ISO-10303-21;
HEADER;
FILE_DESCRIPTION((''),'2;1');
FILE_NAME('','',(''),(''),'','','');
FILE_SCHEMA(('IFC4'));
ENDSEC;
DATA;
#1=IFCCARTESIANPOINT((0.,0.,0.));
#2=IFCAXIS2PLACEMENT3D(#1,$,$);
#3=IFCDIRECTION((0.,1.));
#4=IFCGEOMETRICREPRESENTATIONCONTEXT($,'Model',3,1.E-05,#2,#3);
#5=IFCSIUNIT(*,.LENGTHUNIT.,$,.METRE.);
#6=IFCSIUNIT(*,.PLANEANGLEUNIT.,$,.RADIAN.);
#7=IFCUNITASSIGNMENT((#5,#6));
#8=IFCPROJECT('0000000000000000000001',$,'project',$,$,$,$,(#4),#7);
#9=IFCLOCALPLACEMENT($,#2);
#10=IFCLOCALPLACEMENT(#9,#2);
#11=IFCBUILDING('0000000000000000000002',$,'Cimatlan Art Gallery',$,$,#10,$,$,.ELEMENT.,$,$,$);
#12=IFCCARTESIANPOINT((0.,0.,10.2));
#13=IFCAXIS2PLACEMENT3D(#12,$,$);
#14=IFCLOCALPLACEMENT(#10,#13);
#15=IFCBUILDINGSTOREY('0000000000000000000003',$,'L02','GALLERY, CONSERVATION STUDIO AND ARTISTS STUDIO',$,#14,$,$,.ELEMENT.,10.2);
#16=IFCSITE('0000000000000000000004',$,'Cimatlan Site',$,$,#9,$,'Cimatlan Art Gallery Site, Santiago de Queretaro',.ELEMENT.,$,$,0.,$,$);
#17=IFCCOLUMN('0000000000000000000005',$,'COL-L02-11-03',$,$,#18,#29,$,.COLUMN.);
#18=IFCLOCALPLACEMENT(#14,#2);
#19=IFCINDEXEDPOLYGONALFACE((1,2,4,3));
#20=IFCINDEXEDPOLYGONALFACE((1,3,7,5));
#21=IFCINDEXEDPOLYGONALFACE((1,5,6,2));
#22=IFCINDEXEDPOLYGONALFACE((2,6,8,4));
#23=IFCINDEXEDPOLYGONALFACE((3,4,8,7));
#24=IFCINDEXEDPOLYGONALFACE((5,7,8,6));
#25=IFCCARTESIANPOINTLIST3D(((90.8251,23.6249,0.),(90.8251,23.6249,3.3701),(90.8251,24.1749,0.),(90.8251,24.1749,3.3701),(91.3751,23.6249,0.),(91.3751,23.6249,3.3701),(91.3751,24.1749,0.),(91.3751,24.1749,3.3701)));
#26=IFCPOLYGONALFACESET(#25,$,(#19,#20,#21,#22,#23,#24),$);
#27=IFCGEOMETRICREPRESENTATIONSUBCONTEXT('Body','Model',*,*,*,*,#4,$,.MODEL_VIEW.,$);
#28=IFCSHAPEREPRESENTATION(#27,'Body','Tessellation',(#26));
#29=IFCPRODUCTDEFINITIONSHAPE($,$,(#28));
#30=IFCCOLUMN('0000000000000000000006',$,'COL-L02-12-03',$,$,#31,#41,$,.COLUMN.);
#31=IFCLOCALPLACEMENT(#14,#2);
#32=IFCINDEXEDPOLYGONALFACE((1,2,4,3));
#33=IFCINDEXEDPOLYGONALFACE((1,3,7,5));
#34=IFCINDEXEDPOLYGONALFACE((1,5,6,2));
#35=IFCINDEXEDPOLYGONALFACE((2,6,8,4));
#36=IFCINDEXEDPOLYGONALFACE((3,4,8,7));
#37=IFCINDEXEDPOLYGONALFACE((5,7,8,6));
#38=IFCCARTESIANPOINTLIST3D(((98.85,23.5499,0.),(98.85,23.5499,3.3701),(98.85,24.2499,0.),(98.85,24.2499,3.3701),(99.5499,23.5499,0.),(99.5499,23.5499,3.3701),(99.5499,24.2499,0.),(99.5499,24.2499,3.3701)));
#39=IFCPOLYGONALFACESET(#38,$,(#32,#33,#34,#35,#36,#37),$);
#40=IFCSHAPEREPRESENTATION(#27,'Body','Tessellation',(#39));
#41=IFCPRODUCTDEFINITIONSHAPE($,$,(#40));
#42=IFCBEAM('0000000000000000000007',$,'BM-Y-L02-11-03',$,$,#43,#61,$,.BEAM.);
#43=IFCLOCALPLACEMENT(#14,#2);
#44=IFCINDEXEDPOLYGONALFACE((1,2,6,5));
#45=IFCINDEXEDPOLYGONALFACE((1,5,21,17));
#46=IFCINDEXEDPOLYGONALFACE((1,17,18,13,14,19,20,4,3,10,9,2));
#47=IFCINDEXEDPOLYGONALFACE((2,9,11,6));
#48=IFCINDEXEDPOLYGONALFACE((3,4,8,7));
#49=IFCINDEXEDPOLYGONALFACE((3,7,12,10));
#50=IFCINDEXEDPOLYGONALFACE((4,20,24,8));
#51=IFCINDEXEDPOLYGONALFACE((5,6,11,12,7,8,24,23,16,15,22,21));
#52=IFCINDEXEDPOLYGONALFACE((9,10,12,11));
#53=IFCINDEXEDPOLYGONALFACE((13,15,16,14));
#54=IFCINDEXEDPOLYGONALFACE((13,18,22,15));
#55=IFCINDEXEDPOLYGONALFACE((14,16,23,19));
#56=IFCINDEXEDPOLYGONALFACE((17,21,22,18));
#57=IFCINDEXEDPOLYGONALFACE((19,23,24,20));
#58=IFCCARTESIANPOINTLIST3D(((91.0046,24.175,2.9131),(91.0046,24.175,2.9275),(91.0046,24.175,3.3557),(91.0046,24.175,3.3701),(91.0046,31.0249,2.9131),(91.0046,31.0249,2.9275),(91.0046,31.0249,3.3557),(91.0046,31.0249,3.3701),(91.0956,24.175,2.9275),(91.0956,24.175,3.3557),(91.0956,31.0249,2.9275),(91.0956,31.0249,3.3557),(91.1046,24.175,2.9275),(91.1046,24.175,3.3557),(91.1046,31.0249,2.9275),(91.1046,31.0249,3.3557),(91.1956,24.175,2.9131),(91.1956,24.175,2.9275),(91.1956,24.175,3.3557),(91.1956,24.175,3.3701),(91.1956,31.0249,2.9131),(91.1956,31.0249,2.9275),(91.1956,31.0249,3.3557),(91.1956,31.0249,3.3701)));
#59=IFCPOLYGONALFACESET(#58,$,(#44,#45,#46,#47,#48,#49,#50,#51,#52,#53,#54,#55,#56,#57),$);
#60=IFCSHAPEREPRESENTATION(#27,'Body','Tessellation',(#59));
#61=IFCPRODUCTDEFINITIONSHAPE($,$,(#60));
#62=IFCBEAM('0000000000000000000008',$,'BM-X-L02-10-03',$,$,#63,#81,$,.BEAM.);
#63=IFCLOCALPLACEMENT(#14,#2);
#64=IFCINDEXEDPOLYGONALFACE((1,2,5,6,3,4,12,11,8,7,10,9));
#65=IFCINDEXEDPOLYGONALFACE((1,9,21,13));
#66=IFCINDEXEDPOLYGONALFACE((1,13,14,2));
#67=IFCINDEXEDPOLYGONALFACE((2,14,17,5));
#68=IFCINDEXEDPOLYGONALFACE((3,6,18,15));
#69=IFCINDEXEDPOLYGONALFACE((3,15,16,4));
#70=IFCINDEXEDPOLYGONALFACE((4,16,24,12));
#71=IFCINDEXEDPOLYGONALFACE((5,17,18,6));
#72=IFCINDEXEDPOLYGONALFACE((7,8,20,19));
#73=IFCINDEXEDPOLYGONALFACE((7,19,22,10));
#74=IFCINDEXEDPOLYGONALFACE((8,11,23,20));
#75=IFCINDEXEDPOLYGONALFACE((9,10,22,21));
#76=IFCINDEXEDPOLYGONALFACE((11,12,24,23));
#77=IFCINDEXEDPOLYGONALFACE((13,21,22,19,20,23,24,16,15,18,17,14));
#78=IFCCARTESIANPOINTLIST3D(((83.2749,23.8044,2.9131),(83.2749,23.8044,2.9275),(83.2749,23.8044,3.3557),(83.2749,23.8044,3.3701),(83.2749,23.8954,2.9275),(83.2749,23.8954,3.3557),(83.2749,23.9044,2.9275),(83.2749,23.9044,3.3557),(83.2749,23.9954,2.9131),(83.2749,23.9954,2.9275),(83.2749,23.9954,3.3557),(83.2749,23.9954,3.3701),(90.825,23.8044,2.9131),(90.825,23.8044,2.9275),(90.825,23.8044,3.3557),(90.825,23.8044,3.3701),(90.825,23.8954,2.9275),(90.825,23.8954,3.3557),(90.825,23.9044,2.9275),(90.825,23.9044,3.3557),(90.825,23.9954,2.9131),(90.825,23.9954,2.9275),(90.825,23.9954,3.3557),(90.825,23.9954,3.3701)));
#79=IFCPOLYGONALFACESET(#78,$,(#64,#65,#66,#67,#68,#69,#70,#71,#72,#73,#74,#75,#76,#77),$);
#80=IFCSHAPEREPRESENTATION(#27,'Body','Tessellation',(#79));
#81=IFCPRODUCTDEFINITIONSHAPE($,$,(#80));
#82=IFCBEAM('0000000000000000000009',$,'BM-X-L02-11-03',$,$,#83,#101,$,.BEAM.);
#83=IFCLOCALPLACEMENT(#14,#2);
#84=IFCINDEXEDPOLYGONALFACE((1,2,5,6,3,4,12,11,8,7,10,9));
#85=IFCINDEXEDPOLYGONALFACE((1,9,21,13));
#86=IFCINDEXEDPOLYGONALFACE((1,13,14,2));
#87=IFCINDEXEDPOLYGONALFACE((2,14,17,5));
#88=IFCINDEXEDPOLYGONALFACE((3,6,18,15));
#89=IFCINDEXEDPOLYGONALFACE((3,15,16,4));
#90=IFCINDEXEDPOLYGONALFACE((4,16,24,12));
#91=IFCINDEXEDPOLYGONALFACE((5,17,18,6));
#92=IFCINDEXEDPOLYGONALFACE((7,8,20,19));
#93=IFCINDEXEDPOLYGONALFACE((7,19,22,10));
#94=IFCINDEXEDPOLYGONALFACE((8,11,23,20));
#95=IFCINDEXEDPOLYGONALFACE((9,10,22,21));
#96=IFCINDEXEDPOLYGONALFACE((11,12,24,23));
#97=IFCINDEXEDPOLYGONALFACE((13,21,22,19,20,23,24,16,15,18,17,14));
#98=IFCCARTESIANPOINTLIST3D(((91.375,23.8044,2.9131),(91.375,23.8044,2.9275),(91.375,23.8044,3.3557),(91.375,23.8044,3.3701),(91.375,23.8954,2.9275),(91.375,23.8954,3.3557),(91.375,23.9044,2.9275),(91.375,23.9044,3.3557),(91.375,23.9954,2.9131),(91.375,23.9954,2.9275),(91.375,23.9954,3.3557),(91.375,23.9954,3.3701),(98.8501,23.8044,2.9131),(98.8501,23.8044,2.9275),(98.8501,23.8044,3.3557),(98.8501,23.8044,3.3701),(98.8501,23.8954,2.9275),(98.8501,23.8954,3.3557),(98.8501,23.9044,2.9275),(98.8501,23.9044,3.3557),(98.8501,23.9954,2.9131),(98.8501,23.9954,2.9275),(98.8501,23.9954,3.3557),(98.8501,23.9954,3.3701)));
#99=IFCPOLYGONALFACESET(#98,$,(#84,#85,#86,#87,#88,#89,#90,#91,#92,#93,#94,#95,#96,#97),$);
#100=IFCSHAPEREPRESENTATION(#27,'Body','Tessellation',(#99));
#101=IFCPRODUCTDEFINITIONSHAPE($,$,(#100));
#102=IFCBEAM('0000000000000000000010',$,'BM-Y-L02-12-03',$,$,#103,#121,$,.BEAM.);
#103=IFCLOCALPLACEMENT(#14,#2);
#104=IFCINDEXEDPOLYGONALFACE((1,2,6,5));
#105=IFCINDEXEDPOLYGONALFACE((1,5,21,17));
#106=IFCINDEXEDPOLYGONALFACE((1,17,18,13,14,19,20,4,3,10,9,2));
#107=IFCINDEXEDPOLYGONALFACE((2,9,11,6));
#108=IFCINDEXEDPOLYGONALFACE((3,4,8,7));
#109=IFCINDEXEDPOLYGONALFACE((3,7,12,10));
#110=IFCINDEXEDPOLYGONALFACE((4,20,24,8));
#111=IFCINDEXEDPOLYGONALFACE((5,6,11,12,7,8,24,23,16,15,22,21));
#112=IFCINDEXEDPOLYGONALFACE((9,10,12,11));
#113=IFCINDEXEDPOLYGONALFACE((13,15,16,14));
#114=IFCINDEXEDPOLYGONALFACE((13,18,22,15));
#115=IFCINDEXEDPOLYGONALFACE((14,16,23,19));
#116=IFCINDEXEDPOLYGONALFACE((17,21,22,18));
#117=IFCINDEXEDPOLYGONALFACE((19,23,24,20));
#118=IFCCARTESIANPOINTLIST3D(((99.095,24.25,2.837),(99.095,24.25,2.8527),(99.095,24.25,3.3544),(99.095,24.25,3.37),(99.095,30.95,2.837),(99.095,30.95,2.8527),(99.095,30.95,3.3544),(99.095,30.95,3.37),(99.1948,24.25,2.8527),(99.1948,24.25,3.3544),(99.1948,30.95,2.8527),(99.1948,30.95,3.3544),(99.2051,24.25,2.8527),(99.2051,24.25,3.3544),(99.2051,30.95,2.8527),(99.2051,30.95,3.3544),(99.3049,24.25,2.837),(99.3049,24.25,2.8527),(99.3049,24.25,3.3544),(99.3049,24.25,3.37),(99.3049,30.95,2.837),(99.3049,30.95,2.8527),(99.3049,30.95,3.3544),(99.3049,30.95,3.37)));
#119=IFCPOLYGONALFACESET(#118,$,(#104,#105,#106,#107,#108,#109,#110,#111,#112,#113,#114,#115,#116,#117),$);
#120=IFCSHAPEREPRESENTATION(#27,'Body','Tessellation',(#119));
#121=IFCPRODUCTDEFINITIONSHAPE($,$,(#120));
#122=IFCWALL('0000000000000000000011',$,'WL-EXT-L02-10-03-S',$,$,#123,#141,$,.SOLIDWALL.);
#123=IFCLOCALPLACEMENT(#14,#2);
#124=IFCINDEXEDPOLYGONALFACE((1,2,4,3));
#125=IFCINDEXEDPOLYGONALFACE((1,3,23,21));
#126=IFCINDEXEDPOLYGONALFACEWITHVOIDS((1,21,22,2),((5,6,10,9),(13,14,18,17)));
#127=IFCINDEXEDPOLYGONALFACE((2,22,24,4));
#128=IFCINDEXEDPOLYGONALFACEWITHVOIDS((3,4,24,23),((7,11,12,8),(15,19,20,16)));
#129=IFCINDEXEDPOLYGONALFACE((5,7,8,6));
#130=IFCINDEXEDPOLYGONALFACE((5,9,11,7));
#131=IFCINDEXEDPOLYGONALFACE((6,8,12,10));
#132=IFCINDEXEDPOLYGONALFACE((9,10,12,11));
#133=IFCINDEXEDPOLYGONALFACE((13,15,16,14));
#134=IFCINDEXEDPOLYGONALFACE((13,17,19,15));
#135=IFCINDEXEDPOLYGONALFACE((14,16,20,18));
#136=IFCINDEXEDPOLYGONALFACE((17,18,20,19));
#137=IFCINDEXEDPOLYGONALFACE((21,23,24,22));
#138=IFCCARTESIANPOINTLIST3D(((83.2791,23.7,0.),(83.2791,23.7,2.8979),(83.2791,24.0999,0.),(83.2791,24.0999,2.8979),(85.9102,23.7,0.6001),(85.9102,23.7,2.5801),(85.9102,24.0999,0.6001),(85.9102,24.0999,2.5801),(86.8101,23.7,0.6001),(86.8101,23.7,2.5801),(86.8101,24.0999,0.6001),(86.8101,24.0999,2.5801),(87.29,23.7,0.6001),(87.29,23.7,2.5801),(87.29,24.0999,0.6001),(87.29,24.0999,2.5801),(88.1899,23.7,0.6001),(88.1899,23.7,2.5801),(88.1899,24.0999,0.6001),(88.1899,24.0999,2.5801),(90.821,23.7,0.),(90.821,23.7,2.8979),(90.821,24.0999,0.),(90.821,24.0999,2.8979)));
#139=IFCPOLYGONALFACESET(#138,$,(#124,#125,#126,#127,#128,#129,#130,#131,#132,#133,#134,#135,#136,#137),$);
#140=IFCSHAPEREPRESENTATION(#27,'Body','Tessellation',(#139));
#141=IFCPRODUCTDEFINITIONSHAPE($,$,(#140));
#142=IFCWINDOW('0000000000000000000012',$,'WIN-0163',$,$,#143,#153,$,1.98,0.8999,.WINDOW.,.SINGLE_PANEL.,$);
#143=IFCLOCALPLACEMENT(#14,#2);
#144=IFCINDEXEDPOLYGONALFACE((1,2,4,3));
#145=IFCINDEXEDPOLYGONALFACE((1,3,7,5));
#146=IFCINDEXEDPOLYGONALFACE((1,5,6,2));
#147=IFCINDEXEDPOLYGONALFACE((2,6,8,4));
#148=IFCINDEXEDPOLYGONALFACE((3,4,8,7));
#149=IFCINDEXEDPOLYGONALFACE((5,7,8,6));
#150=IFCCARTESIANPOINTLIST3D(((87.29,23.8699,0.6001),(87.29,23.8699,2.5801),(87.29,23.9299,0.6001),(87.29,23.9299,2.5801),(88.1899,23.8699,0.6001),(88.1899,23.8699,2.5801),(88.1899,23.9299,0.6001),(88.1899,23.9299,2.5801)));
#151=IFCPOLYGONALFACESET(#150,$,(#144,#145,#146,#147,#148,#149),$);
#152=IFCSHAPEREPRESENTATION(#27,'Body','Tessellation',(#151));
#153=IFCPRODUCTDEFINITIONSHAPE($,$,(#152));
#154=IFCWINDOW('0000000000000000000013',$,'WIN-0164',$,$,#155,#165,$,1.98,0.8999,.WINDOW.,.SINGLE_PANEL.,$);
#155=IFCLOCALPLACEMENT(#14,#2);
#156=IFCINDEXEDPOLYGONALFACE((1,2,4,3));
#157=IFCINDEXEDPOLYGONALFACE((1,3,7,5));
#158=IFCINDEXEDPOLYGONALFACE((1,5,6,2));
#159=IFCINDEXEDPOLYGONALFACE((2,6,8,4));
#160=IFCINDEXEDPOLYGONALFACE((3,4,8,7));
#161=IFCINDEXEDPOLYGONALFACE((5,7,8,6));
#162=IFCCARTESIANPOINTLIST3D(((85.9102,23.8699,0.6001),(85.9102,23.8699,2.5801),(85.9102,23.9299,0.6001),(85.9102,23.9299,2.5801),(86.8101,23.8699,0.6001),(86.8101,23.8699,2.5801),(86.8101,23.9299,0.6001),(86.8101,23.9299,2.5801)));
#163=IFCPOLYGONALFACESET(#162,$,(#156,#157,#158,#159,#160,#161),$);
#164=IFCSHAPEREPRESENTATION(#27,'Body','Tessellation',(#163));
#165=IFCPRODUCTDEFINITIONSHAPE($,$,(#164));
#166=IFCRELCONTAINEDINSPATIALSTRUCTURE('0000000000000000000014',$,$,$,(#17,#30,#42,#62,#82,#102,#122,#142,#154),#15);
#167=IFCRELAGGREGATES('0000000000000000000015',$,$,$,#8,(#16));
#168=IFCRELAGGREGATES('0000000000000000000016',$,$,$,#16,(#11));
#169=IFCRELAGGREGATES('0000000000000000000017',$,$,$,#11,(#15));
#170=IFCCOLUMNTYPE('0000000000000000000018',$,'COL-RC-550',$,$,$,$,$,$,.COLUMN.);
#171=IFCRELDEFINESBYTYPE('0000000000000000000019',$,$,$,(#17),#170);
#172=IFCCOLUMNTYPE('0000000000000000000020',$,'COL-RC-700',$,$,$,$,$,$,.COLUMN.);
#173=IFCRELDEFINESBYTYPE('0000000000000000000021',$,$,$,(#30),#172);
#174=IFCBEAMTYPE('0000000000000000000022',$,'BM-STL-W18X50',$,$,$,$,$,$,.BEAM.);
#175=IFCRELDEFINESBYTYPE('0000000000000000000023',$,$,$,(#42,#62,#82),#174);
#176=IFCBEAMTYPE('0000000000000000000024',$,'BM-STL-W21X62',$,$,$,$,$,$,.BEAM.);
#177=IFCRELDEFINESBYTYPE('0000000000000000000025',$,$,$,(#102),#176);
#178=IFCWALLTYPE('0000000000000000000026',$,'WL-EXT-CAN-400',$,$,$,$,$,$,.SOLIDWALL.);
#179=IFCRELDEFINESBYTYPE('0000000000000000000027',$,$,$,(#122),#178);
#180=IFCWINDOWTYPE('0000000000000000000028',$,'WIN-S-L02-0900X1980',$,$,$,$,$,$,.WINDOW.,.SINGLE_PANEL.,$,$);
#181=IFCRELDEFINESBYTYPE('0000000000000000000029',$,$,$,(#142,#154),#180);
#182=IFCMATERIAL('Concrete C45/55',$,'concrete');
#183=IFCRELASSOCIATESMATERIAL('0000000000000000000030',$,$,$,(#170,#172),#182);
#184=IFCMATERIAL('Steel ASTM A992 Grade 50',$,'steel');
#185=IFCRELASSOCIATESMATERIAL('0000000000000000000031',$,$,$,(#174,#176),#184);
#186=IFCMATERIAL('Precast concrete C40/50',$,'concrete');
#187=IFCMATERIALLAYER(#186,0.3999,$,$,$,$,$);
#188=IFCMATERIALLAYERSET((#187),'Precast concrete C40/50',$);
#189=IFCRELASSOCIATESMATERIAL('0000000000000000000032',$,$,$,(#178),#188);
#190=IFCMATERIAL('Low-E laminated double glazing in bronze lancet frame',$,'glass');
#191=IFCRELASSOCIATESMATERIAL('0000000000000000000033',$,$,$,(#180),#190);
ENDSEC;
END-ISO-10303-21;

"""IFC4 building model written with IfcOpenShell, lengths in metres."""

from ifc_helpers import new_model, si_unit, direction, frame, frame_2d, origin, origin_2d, place, context, subcontext, project, spatial, rectangle, i_section, extrude, material, layer, layer_set, material_profile, profile_set, type_object, element, fill, save


model = new_model("IFC4")

# Units and contexts
model_context = context("Model", 3, precision=1e-05, world=origin(), true_north=direction((0.0, 1.0)))
body_context = subcontext(model_context, "Body", "Model", "MODEL_VIEW")
ifc_project = project(units=[si_unit("LENGTHUNIT", "METRE"), si_unit("PLANEANGLEUNIT", "RADIAN")], contexts=[model_context])

# Site, building, storey
site_placement = place(None, origin())
site = spatial("IfcSite", under=ifc_project, at=site_placement, Name="Cimatlan Site", LongName="Cimatlan Art Gallery Site, Santiago de Queretaro", CompositionType="ELEMENT", RefElevation=0.0)
building_placement = place(site_placement, origin())
building = spatial("IfcBuilding", under=site, at=building_placement, Name="Cimatlan Art Gallery", CompositionType="ELEMENT")
storey_placement = place(building_placement, frame((0.0, 0.0, 10.2)))
storey = spatial("IfcBuildingStorey", under=building, at=storey_placement, Name="L02", Description="GALLERY, CONSERVATION STUDIO AND ARTISTS STUDIO", CompositionType="ELEMENT", Elevation=10.2)

# Columns
ifc_material_1 = material(Name="Concrete C45/55", Category="concrete")
ifc_material_profile_1 = material_profile(ifc_material_1, rectangle(XDim=0.55, YDim=0.55, at=origin_2d()), Name="RC550X550")
ifc_profile_set_1 = profile_set([ifc_material_profile_1], Name="Concrete C45/55")
column_type_1 = type_object("IfcColumnType", Name="COL-RC-550", PredefinedType="COLUMN", material=ifc_profile_set_1)
column_1_placement = place(storey_placement, frame((91.1001, 23.8999, 0.0), z_axis=(0.0, 0.0, 1.0), x_axis=(1.0, 0.0, 0.0)))
element("IfcColumn", 1, at=column_1_placement, inside=storey, type_object=column_type_1, Name="COL-L02-11-03", PredefinedType="COLUMN", context=body_context, shape_type="SweptSolid", body=[
    extrude(rectangle(XDim=0.55, YDim=0.55, at=origin_2d()), origin(), (0.0, 0.0, 1.0), 3.3701),
])
ifc_material_profile_2 = material_profile(ifc_material_1, rectangle(XDim=0.7, YDim=0.7, at=origin_2d()), Name="RC700X700")
ifc_profile_set_2 = profile_set([ifc_material_profile_2], Name="Concrete C45/55")
column_type_2 = type_object("IfcColumnType", Name="COL-RC-700", PredefinedType="COLUMN", material=ifc_profile_set_2)
column_2_placement = place(storey_placement, frame((99.2, 23.8999, 0.0), z_axis=(0.0, 0.0, 1.0), x_axis=(1.0, 0.0, 0.0)))
element("IfcColumn", 2, at=column_2_placement, inside=storey, type_object=column_type_2, Name="COL-L02-12-03", PredefinedType="COLUMN", context=body_context, shape_type="SweptSolid", body=[
    extrude(rectangle(XDim=0.7, YDim=0.7, at=origin_2d()), origin(), (0.0, 0.0, 1.0), 3.3701),
])

# Beams
ifc_material_2 = material(Name="Steel ASTM A992 Grade 50", Category="steel")
ifc_material_profile_3 = material_profile(ifc_material_2, i_section(OverallWidth=0.1909, OverallDepth=0.457, WebThickness=0.009, FlangeThickness=0.0144, at=origin_2d()), Name="W18X50")
ifc_profile_set_3 = profile_set([ifc_material_profile_3], Name="Steel ASTM A992 Grade 50")
beam_type_1 = type_object("IfcBeamType", Name="BM-STL-W18X50", PredefinedType="BEAM", material=ifc_profile_set_3)
beam_1_placement = place(storey_placement, frame((91.1001, 24.175, 3.1416), z_axis=(0.0, 1.0, 0.0), x_axis=(-1.0, 0.0, 0.0)))
element("IfcBeam", 3, at=beam_1_placement, inside=storey, type_object=beam_type_1, Name="BM-Y-L02-11-03", PredefinedType="BEAM", context=body_context, shape_type="SweptSolid", body=[
    extrude(i_section(OverallWidth=0.1909, OverallDepth=0.457, WebThickness=0.009, FlangeThickness=0.0144, at=origin_2d()), origin(), (0.0, 0.0, 1.0), 6.8499),
])
beam_2_placement = place(storey_placement, frame((83.2749, 23.8999, 3.1416), z_axis=(1.0, 0.0, 0.0), x_axis=(0.0, 1.0, 0.0)))
element("IfcBeam", 4, at=beam_2_placement, inside=storey, type_object=beam_type_1, Name="BM-X-L02-10-03", PredefinedType="BEAM", context=body_context, shape_type="SweptSolid", body=[
    extrude(i_section(OverallWidth=0.1909, OverallDepth=0.457, WebThickness=0.009, FlangeThickness=0.0144, at=origin_2d()), origin(), (0.0, 0.0, 1.0), 7.55),
])
beam_3_placement = place(storey_placement, frame((91.375, 23.8999, 3.1416), z_axis=(1.0, 0.0, 0.0), x_axis=(0.0, 1.0, 0.0)))
element("IfcBeam", 5, at=beam_3_placement, inside=storey, type_object=beam_type_1, Name="BM-X-L02-11-03", PredefinedType="BEAM", context=body_context, shape_type="SweptSolid", body=[
    extrude(i_section(OverallWidth=0.1909, OverallDepth=0.457, WebThickness=0.009, FlangeThickness=0.0144, at=origin_2d()), origin(), (0.0, 0.0, 1.0), 7.4751),
])
ifc_material_profile_4 = material_profile(ifc_material_2, i_section(OverallWidth=0.21, OverallDepth=0.533, WebThickness=0.0103, FlangeThickness=0.0156, at=origin_2d()), Name="W21X62")
ifc_profile_set_4 = profile_set([ifc_material_profile_4], Name="Steel ASTM A992 Grade 50")
beam_type_2 = type_object("IfcBeamType", Name="BM-STL-W21X62", PredefinedType="BEAM", material=ifc_profile_set_4)
beam_4_placement = place(storey_placement, frame((99.2, 24.25, 3.1035), z_axis=(0.0, 1.0, 0.0), x_axis=(-1.0, 0.0, 0.0)))
element("IfcBeam", 6, at=beam_4_placement, inside=storey, type_object=beam_type_2, Name="BM-Y-L02-12-03", PredefinedType="BEAM", context=body_context, shape_type="SweptSolid", body=[
    extrude(i_section(OverallWidth=0.21, OverallDepth=0.533, WebThickness=0.0103, FlangeThickness=0.0156, at=origin_2d()), origin(), (0.0, 0.0, 1.0), 6.7),
])

# Wall, openings, windows
ifc_material_3 = material(Name="Precast concrete C40/50", Category="concrete")
ifc_layer_1 = layer(ifc_material_3, 0.3999)
ifc_layer_set_1 = layer_set([ifc_layer_1], Name="Precast concrete C40/50")
wall_type = type_object("IfcWallType", Name="WL-EXT-CAN-400", PredefinedType="SOLIDWALL", material=ifc_layer_set_1)
wall_1_placement = place(storey_placement, frame((90.821, 23.8999, 0.0), z_axis=(0.0, 0.0, 1.0), x_axis=(-1.0, 0.0, 0.0)))
wall_1 = element("IfcWall", 7, at=wall_1_placement, inside=storey, type_object=wall_type, Name="WL-EXT-L02-10-03-S", PredefinedType="SOLIDWALL", context=body_context, shape_type="SweptSolid", body=[
    extrude(rectangle(XDim=7.542, YDim=0.3999, at=frame_2d((3.771, 0.0))), origin(), (0.0, 0.0, 1.0), 2.8979),
])
opening_1_placement = place(wall_1_placement, frame((2.6311, 0.0, 0.6001)))
opening_1 = element("IfcOpeningElement", 8, at=opening_1_placement, cuts=wall_1, PredefinedType="OPENING", context=body_context, shape_type="SweptSolid", body=[
    extrude(rectangle(XDim=0.8999, YDim=1.98, at=frame_2d((0.45, 0.99))), frame((0.0, 0.21, 0.0), z_axis=(0.0, -1.0, 0.0), x_axis=(1.0, 0.0, 0.0)), (0.0, 0.0, 1.0), 0.4199),
])
opening_2_placement = place(wall_1_placement, frame((4.011, 0.0, 0.6001)))
opening_2 = element("IfcOpeningElement", 9, at=opening_2_placement, cuts=wall_1, PredefinedType="OPENING", context=body_context, shape_type="SweptSolid", body=[
    extrude(rectangle(XDim=0.8999, YDim=1.98, at=frame_2d((0.45, 0.99))), frame((0.0, 0.21, 0.0), z_axis=(0.0, -1.0, 0.0), x_axis=(1.0, 0.0, 0.0)), (0.0, 0.0, 1.0), 0.4199),
])
ifc_material_4 = material(Name="Low-E laminated double glazing in bronze lancet frame", Category="glass")
window_type = type_object("IfcWindowType", Name="WIN-S-L02-0900X1980", PartitioningType="SINGLE_PANEL", PredefinedType="WINDOW", material=ifc_material_4)
window_1_placement = place(opening_1_placement, origin())
window_1 = element("IfcWindow", 10, at=window_1_placement, inside=storey, type_object=window_type, Name="WIN-0163", OverallHeight=1.98, OverallWidth=0.8999, PartitioningType="SINGLE_PANEL", PredefinedType="WINDOW", context=body_context, shape_type="SweptSolid", body=[
    extrude(rectangle(XDim=0.8999, YDim=1.98, at=frame_2d((0.45, 0.99))), frame((0.0, 0.03, 0.0), z_axis=(0.0, -1.0, 0.0), x_axis=(1.0, 0.0, 0.0)), (0.0, 0.0, 1.0), 0.0601),
])
fill(opening_1, window_1)
window_2_placement = place(opening_2_placement, origin())
window_2 = element("IfcWindow", 11, at=window_2_placement, inside=storey, type_object=window_type, Name="WIN-0164", OverallHeight=1.98, OverallWidth=0.8999, PartitioningType="SINGLE_PANEL", PredefinedType="WINDOW", context=body_context, shape_type="SweptSolid", body=[
    extrude(rectangle(XDim=0.8999, YDim=1.98, at=frame_2d((0.45, 0.99))), frame((0.0, 0.03, 0.0), z_axis=(0.0, -1.0, 0.0), x_axis=(1.0, 0.0, 0.0)), (0.0, 0.0, 1.0), 0.0601),
])
fill(opening_2, window_2)

save(model, "model.ifc")
